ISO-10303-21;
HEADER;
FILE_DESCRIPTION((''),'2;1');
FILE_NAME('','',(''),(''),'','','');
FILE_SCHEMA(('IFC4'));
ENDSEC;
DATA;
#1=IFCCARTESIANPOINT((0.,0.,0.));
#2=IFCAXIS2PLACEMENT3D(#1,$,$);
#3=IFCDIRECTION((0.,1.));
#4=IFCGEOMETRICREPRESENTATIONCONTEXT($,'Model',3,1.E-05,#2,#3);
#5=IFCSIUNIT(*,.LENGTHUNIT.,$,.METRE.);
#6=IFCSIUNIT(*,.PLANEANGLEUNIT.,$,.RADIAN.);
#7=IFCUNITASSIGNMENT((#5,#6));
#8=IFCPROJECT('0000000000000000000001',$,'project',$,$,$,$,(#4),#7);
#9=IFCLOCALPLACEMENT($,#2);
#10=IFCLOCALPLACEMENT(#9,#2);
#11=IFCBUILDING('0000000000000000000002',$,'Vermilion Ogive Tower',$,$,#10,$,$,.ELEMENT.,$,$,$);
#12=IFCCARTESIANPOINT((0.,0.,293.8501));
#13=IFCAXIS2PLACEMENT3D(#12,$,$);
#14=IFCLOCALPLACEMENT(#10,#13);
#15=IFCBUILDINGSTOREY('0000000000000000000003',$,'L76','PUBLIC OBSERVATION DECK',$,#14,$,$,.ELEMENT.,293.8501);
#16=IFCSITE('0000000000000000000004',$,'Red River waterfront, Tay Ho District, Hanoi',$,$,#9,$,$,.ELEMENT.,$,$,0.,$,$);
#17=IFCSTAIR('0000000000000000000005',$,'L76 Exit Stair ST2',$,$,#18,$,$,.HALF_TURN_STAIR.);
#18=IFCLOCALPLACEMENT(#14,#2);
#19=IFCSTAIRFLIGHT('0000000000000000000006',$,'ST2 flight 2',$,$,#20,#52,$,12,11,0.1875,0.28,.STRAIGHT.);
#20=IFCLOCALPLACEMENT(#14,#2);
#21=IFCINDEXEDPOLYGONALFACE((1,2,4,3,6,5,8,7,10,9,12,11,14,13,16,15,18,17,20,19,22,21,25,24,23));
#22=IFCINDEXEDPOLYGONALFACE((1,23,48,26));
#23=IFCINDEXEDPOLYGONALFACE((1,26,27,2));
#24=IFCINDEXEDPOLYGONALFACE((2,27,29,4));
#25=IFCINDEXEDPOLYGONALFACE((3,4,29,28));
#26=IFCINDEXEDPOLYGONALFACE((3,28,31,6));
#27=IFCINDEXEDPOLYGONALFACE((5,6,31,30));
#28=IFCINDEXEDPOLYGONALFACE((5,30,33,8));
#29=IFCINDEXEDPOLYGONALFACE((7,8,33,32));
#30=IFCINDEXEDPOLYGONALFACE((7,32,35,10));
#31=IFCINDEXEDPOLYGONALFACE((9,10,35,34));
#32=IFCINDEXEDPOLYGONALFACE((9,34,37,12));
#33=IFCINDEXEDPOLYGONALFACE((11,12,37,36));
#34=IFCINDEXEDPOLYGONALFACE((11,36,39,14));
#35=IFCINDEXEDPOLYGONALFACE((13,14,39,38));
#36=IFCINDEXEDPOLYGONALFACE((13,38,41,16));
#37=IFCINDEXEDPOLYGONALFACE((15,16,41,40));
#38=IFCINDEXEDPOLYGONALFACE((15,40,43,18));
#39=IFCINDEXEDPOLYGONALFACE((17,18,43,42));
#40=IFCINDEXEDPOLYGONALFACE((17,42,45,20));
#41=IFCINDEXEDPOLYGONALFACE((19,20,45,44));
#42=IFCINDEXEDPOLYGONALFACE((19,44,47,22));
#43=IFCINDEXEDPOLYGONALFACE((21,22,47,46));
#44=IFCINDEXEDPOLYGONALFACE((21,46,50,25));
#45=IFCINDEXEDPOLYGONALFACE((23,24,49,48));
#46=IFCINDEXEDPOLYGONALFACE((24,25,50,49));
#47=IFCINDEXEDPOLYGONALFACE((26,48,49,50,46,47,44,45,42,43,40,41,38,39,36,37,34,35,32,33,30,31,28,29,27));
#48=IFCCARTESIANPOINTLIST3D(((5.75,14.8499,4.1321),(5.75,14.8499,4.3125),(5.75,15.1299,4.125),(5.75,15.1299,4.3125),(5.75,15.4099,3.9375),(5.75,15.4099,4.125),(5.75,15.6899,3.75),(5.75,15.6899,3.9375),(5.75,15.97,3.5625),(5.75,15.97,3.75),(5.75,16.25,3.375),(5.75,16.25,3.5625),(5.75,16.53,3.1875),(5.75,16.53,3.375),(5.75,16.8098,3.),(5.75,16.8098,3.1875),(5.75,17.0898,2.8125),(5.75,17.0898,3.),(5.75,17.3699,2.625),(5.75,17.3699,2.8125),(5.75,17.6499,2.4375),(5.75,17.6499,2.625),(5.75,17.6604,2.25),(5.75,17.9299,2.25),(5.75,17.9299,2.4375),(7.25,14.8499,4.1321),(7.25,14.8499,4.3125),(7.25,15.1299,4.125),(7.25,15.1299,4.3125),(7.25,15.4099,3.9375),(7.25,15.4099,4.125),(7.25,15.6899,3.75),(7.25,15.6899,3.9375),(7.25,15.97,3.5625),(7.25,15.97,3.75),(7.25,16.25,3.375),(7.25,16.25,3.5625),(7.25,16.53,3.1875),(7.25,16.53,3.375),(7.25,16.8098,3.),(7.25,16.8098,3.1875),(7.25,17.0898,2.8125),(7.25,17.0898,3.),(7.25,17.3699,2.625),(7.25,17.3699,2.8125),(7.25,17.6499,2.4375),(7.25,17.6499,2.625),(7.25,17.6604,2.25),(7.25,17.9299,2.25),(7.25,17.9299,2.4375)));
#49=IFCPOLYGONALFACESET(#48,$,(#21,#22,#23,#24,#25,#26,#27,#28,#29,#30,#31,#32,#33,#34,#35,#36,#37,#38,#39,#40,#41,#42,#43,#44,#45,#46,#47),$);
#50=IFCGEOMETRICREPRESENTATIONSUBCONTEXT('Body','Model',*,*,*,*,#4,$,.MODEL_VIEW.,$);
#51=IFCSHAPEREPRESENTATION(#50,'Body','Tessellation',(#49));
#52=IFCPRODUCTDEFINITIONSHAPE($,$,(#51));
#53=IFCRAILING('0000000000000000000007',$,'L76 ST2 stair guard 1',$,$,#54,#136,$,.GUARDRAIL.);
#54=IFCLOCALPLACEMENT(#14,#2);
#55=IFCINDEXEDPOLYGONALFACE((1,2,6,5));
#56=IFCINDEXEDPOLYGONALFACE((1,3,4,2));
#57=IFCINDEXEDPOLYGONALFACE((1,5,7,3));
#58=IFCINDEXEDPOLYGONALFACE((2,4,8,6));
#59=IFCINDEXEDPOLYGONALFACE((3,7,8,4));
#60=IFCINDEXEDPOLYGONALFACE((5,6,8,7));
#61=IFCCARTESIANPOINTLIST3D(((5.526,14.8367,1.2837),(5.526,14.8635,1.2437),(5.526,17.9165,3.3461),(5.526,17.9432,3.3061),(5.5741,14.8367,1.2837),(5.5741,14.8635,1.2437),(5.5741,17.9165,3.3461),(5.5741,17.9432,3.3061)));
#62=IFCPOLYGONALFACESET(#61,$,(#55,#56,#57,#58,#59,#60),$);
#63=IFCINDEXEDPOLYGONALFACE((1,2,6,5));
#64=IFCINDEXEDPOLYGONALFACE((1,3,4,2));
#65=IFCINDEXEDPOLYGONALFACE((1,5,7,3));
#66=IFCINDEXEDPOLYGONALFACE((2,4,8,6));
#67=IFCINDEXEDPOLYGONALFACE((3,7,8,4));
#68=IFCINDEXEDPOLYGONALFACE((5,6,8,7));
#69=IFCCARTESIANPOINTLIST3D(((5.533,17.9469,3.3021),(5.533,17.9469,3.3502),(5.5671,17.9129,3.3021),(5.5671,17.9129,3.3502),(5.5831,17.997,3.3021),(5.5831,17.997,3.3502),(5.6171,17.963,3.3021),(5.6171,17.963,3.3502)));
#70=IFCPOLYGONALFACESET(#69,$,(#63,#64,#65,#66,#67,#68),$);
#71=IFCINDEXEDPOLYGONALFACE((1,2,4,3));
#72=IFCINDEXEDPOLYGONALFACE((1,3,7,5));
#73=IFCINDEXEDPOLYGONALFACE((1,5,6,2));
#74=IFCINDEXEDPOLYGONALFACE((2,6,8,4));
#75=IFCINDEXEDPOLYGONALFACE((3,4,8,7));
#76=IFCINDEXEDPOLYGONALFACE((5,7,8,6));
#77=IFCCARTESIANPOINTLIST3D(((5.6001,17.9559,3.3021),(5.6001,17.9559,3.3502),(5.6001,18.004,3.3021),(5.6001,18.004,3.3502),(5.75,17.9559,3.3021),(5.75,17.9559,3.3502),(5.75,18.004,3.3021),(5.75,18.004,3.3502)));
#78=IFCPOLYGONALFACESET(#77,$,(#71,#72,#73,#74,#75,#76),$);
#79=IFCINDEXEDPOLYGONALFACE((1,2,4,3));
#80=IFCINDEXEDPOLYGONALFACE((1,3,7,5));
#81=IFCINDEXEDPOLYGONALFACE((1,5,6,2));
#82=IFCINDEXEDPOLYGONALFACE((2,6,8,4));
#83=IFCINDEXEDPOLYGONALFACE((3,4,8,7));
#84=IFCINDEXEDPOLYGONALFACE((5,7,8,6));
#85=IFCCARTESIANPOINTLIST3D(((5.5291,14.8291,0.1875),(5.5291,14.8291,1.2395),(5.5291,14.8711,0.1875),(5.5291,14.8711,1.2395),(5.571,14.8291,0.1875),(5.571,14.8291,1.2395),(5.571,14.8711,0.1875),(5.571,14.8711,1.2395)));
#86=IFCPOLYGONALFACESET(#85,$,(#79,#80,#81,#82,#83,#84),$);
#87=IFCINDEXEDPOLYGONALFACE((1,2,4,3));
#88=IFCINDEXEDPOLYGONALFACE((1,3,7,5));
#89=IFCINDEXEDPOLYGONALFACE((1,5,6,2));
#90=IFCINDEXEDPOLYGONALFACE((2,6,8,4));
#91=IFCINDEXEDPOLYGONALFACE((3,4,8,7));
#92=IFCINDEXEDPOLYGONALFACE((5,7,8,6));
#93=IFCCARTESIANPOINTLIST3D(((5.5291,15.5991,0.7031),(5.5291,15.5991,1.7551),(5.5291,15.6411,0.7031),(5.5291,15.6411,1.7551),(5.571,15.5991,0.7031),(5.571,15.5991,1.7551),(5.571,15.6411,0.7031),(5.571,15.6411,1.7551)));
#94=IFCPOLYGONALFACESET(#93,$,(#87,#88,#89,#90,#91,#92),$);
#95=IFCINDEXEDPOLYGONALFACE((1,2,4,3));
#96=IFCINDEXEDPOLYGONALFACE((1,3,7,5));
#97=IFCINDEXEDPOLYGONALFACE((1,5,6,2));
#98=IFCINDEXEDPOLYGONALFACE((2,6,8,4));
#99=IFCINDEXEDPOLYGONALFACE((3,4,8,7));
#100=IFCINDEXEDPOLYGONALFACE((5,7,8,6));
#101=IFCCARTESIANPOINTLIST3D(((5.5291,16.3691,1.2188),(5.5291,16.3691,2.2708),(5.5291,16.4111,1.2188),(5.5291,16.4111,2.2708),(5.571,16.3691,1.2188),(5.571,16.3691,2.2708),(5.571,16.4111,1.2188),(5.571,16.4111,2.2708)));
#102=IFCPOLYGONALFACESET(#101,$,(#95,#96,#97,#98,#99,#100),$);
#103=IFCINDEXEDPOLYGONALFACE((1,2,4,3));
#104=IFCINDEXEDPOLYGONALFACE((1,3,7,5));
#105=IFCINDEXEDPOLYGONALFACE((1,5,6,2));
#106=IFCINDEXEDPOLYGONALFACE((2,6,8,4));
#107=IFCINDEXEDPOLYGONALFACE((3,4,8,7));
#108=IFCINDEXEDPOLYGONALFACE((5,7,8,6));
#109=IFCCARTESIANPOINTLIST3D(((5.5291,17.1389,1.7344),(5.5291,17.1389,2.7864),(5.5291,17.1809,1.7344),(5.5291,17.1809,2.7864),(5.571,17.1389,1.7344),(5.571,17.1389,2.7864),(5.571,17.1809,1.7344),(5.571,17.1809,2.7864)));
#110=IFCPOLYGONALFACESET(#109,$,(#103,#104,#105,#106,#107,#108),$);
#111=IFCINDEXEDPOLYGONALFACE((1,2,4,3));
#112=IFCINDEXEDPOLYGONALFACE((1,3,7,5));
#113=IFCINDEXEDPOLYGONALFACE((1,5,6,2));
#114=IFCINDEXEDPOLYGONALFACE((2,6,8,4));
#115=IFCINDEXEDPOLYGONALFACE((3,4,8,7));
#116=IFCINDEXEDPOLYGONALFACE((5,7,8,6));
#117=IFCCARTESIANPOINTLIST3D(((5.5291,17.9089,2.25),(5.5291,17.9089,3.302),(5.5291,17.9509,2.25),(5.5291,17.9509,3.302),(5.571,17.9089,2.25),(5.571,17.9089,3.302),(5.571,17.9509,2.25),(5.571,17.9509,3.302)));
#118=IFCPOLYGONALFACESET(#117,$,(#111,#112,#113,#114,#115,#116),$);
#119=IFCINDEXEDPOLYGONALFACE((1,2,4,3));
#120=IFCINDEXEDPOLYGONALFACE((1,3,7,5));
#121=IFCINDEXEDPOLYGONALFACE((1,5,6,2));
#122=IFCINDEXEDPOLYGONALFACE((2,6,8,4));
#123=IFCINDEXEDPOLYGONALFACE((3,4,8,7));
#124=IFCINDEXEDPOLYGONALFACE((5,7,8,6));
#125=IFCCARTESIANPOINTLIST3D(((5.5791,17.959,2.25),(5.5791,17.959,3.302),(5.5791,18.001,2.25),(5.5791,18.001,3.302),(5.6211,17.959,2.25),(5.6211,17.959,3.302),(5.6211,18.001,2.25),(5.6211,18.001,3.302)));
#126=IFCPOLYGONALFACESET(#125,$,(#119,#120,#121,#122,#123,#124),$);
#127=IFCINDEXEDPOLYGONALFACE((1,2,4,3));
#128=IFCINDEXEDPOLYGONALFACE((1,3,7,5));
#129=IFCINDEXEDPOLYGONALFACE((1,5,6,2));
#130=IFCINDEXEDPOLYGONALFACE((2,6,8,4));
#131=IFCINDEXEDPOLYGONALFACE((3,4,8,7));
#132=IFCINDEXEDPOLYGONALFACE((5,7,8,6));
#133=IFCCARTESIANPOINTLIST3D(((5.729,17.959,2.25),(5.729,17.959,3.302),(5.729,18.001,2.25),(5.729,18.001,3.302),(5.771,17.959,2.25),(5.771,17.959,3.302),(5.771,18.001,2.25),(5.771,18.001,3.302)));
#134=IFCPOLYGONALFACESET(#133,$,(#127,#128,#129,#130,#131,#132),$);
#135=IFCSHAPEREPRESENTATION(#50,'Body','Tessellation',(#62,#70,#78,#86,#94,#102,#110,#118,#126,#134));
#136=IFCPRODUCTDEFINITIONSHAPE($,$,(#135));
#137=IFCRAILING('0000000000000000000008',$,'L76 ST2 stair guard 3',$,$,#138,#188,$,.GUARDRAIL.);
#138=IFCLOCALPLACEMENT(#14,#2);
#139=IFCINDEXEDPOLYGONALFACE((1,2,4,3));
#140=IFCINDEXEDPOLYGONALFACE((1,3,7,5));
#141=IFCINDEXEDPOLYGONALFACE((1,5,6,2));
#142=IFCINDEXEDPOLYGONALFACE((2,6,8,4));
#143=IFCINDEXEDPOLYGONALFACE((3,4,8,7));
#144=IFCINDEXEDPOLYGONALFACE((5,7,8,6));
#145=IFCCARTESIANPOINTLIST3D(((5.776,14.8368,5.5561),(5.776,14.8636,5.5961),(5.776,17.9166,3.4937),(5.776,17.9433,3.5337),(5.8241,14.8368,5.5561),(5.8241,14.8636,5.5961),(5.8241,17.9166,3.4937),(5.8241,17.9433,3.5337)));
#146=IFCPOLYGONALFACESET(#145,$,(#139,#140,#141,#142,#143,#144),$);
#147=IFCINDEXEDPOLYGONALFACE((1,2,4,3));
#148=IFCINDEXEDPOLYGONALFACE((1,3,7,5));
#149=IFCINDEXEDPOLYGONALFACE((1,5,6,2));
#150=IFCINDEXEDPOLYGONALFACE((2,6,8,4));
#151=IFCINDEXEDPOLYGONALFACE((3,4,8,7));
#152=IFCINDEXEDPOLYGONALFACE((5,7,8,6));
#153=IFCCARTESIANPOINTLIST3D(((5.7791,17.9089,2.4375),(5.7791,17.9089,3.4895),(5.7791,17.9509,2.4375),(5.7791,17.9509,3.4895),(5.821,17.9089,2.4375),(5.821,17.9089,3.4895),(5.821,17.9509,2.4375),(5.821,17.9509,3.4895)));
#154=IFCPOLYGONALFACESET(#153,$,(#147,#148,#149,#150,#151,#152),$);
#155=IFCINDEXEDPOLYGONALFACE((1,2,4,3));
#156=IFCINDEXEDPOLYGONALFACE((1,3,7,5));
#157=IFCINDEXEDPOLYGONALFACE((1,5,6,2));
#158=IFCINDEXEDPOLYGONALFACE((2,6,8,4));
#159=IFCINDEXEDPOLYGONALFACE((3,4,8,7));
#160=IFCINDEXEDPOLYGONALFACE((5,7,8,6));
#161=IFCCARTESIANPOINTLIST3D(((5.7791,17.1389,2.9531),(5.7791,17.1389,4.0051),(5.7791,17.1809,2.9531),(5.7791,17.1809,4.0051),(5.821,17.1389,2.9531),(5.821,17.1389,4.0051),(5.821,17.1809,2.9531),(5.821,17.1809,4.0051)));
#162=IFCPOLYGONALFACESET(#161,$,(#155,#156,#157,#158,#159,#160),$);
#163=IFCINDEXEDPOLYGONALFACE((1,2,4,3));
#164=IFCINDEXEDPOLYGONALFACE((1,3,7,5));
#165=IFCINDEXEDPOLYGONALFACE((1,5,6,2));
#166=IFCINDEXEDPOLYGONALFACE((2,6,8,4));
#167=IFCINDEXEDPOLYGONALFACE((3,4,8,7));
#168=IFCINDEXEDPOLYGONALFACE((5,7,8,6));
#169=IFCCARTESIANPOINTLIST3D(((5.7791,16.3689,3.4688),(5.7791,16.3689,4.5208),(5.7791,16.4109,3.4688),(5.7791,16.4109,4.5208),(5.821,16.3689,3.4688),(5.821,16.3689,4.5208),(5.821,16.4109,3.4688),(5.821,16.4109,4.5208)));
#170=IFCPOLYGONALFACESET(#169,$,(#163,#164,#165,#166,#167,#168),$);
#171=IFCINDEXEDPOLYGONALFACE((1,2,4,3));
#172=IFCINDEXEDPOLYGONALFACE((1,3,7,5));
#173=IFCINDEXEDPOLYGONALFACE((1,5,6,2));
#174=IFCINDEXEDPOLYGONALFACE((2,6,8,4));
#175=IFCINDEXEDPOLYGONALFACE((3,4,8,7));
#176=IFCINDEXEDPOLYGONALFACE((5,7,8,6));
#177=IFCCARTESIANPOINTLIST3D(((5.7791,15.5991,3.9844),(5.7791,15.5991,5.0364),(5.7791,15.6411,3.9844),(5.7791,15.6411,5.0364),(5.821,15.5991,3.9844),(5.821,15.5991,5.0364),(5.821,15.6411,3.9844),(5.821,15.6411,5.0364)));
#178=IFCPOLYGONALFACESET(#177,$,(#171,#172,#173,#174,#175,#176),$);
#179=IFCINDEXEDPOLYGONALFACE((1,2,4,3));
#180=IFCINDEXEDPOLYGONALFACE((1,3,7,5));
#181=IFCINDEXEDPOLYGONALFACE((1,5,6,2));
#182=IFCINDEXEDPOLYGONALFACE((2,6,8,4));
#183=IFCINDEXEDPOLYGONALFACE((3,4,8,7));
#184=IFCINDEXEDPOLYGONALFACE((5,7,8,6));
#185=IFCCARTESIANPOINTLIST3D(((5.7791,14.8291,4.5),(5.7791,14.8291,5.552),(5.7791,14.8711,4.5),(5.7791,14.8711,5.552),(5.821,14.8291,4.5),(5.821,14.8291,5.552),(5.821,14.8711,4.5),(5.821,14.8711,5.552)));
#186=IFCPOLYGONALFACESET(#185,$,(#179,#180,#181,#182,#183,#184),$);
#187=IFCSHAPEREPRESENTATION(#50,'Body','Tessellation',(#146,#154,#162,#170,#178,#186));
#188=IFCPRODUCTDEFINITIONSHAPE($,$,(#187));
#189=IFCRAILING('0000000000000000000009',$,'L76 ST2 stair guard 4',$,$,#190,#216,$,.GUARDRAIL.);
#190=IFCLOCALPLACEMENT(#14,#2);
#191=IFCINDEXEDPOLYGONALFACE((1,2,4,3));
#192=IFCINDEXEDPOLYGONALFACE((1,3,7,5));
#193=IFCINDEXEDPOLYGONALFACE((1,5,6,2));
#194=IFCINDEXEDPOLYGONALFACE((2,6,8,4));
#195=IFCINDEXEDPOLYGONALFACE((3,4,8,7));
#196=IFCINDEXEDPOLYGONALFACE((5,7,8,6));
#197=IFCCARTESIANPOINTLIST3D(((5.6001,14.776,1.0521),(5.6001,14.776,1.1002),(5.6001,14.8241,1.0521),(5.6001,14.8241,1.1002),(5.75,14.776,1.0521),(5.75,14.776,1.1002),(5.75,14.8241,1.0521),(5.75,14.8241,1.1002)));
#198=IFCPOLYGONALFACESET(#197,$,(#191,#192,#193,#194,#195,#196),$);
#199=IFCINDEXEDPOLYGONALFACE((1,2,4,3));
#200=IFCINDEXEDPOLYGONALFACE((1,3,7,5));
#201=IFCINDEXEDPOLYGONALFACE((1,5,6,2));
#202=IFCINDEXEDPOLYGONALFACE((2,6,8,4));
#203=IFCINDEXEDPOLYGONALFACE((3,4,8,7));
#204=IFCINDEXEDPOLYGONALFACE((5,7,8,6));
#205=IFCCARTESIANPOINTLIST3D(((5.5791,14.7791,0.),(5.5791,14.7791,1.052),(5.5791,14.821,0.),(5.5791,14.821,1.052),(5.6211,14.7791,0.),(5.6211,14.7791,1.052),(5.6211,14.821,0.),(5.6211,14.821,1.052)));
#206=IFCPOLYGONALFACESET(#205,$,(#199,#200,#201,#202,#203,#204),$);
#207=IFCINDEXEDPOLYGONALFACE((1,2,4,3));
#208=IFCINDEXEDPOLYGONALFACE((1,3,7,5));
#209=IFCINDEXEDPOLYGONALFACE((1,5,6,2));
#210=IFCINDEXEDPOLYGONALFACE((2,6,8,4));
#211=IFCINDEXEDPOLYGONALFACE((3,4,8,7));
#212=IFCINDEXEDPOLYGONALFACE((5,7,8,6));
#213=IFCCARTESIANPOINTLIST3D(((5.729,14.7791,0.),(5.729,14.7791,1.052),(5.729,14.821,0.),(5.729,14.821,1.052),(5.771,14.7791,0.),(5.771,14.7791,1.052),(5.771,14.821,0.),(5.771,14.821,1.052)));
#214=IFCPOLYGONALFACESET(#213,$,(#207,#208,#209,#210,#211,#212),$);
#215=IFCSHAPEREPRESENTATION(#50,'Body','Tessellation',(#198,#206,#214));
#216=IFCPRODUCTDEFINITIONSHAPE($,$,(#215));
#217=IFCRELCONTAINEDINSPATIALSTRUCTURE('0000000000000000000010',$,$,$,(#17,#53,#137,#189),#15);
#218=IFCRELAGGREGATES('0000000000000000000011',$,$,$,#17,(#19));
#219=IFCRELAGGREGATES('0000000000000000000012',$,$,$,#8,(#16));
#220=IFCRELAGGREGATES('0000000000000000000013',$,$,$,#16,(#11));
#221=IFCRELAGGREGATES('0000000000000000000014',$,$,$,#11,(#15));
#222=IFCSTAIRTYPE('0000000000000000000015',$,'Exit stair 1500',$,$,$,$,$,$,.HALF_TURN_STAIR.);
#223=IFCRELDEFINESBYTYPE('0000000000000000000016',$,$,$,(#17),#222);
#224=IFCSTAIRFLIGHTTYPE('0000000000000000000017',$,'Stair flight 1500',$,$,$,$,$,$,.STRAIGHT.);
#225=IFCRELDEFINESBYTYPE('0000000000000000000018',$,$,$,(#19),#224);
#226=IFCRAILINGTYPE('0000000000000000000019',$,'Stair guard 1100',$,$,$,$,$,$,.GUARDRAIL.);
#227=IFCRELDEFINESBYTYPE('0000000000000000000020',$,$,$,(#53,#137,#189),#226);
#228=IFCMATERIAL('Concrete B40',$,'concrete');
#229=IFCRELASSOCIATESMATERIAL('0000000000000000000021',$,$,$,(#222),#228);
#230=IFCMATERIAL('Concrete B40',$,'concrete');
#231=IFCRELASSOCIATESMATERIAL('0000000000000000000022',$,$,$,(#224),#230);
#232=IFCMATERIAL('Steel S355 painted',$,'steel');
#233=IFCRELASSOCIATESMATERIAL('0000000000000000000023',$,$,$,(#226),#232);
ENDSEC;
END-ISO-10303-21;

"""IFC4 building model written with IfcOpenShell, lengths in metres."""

from ifc_helpers import new_model, si_unit, direction, frame, origin, origin_2d, place, context, subcontext, project, spatial, polyline, rectangle, outline, extrude, material, type_object, element, aggregate, save


model = new_model("IFC4")

# Units and contexts
model_context = context("Model", 3, precision=1e-05, world=origin(), true_north=direction((0.0, 1.0)))
body_context = subcontext(model_context, "Body", "Model", "MODEL_VIEW")
ifc_project = project(units=[si_unit("LENGTHUNIT", "METRE"), si_unit("PLANEANGLEUNIT", "RADIAN")], contexts=[model_context])

# Site, building, storey
site_placement = place(None, origin())
site = spatial("IfcSite", under=ifc_project, at=site_placement, Name="Red River waterfront, Tay Ho District, Hanoi", CompositionType="ELEMENT", RefElevation=0.0)
building_placement = place(site_placement, origin())
building = spatial("IfcBuilding", under=site, at=building_placement, Name="Vermilion Ogive Tower", CompositionType="ELEMENT")
storey_placement = place(building_placement, frame((0.0, 0.0, 293.8501)))
storey = spatial("IfcBuildingStorey", under=building, at=storey_placement, Name="L76", Description="PUBLIC OBSERVATION DECK", CompositionType="ELEMENT", Elevation=293.8501)

# Stair, stair flight
ifc_material_1 = material(Name="Concrete B40", Category="concrete")
stair_type = type_object("IfcStairType", Name="Exit stair 1500", PredefinedType="HALF_TURN_STAIR", material=ifc_material_1)
stair_placement = place(storey_placement, origin())
stair = element("IfcStair", 1, at=stair_placement, inside=storey, type_object=stair_type, Name="L76 Exit Stair ST2", PredefinedType="HALF_TURN_STAIR")
ifc_material_2 = material(Name="Concrete B40", Category="concrete")
stair_flight_type = type_object("IfcStairFlightType", Name="Stair flight 1500", PredefinedType="STRAIGHT", material=ifc_material_2)
stair_flight_1_placement = place(storey_placement, frame((6.5, 17.9299, 2.25), z_axis=(0.0, 0.0, 1.0), x_axis=(0.0, -1.0, 0.0)))
stair_flight_1 = element("IfcStairFlight", 2, at=stair_flight_1_placement, type_object=stair_flight_type, Name="ST2 flight 2", NumberOfRisers=12, NumberOfTreads=11, PredefinedType="STRAIGHT", RiserHeight=0.1875, TreadLength=0.28, context=body_context, shape_type="SweptSolid", body=[
    extrude(outline(polyline([(0.0, 0.0), (0.0, 0.1875), (0.28, 0.1875), (0.28, 0.375), (0.5601, 0.375), (0.5601, 0.5625), (0.8401, 0.5625), (0.8401, 0.75), (1.1201, 0.75), (1.1201, 0.9375), (1.3999, 0.9375), (1.3999, 1.125), (1.6799, 1.125), (1.6799, 1.3125), (1.96, 1.3125), (1.96, 1.5), (2.24, 1.5), (2.24, 1.6875), (2.52, 1.6875), (2.52, 1.875), (2.8, 1.875), (2.8, 2.0625), (3.0801, 2.0625), (3.0801, 2.25), (3.0801, 1.8821), (0.2695, 0.0), (0.0, 0.0)])), frame((0.0, 0.75, 0.0), z_axis=(0.0, -1.0, 0.0), x_axis=(1.0, 0.0, 0.0)), (0.0, 0.0, 1.0), 1.5),
])
aggregate(stair, [stair_flight_1])

# Railings
ifc_material_3 = material(Name="Steel S355 painted", Category="steel")
railing_type_1 = type_object("IfcRailingType", Name="Stair guard 1100", PredefinedType="GUARDRAIL", material=ifc_material_3)
railing_1_placement = place(storey_placement, frame((5.55, 14.8501, 0.1875)))
element("IfcRailing", 3, at=railing_1_placement, inside=storey, type_object=railing_type_1, Name="L76 ST2 stair guard 1", PredefinedType="GUARDRAIL", context=body_context, shape_type="SweptSolid", body=[
    extrude(rectangle(XDim=0.0481, YDim=0.0481, at=origin_2d()), frame((0.0, 0.0, 1.0762), z_axis=(0.0, 0.830893, 0.556432), x_axis=(-1.0, 0.0, 0.0)), (0.0, 0.0, 1.0), 3.7065),
    extrude(rectangle(XDim=0.0481, YDim=0.0481, at=origin_2d()), frame((0.0, 3.0798, 3.1387), z_axis=(0.707107, 0.707107, 0.0), x_axis=(-0.707107, 0.707107, 0.0)), (0.0, 0.0, 1.0), 0.0708),
    extrude(rectangle(XDim=0.0481, YDim=0.0481, at=origin_2d()), frame((0.05, 3.1299, 3.1387), z_axis=(1.0, 0.0, 0.0), x_axis=(0.0, 1.0, 0.0)), (0.0, 0.0, 1.0), 0.1499),
    extrude(rectangle(XDim=0.042, YDim=0.042, at=origin_2d()), origin(), (0.0, 0.0, 1.0), 1.052),
    extrude(rectangle(XDim=0.042, YDim=0.042, at=origin_2d()), frame((0.0, 0.77, 0.5156)), (0.0, 0.0, 1.0), 1.052),
    extrude(rectangle(XDim=0.042, YDim=0.042, at=origin_2d()), frame((0.0, 1.54, 1.0312)), (0.0, 0.0, 1.0), 1.052),
    extrude(rectangle(XDim=0.042, YDim=0.042, at=origin_2d()), frame((0.0, 2.3098, 1.5469)), (0.0, 0.0, 1.0), 1.052),
    extrude(rectangle(XDim=0.042, YDim=0.042, at=origin_2d()), frame((0.0, 3.0798, 2.0625)), (0.0, 0.0, 1.0), 1.052),
    extrude(rectangle(XDim=0.042, YDim=0.042, at=origin_2d()), frame((0.05, 3.1299, 2.0625)), (0.0, 0.0, 1.0), 1.052),
    extrude(rectangle(XDim=0.042, YDim=0.042, at=origin_2d()), frame((0.2, 3.1299, 2.0625)), (0.0, 0.0, 1.0), 1.052),
])
railing_2_placement = place(storey_placement, frame((5.8, 17.9299, 2.4375)))
element("IfcRailing", 4, at=railing_2_placement, inside=storey, type_object=railing_type_1, Name="L76 ST2 stair guard 3", PredefinedType="GUARDRAIL", context=body_context, shape_type="SweptSolid", body=[
    extrude(rectangle(XDim=0.0481, YDim=0.0481, at=origin_2d()), frame((0.0, 0.0, 1.0762), z_axis=(0.0, -0.830893, 0.556432), x_axis=(1.0, 0.0, 0.0)), (0.0, 0.0, 1.0), 3.7065),
    extrude(rectangle(XDim=0.042, YDim=0.042, at=origin_2d()), origin(), (0.0, 0.0, 1.0), 1.052),
    extrude(rectangle(XDim=0.042, YDim=0.042, at=origin_2d()), frame((0.0, -0.77, 0.5156)), (0.0, 0.0, 1.0), 1.052),
    extrude(rectangle(XDim=0.042, YDim=0.042, at=origin_2d()), frame((0.0, -1.54, 1.0312)), (0.0, 0.0, 1.0), 1.052),
    extrude(rectangle(XDim=0.042, YDim=0.042, at=origin_2d()), frame((0.0, -2.3098, 1.5469)), (0.0, 0.0, 1.0), 1.052),
    extrude(rectangle(XDim=0.042, YDim=0.042, at=origin_2d()), frame((0.0, -3.0798, 2.0625)), (0.0, 0.0, 1.0), 1.052),
])
railing_3_placement = place(storey_placement, frame((5.6001, 14.8, 0.0)))
element("IfcRailing", 5, at=railing_3_placement, inside=storey, type_object=railing_type_1, Name="L76 ST2 stair guard 4", PredefinedType="GUARDRAIL", context=body_context, shape_type="SweptSolid", body=[
    extrude(rectangle(XDim=0.0481, YDim=0.0481, at=origin_2d()), frame((0.0, 0.0, 1.0762), z_axis=(1.0, 0.0, 0.0), x_axis=(0.0, 1.0, 0.0)), (0.0, 0.0, 1.0), 0.1499),
    extrude(rectangle(XDim=0.042, YDim=0.042, at=origin_2d()), origin(), (0.0, 0.0, 1.0), 1.052),
    extrude(rectangle(XDim=0.042, YDim=0.042, at=origin_2d()), frame((0.1499, 0.0, 0.0)), (0.0, 0.0, 1.0), 1.052),
])

save(model, "model.ifc")
